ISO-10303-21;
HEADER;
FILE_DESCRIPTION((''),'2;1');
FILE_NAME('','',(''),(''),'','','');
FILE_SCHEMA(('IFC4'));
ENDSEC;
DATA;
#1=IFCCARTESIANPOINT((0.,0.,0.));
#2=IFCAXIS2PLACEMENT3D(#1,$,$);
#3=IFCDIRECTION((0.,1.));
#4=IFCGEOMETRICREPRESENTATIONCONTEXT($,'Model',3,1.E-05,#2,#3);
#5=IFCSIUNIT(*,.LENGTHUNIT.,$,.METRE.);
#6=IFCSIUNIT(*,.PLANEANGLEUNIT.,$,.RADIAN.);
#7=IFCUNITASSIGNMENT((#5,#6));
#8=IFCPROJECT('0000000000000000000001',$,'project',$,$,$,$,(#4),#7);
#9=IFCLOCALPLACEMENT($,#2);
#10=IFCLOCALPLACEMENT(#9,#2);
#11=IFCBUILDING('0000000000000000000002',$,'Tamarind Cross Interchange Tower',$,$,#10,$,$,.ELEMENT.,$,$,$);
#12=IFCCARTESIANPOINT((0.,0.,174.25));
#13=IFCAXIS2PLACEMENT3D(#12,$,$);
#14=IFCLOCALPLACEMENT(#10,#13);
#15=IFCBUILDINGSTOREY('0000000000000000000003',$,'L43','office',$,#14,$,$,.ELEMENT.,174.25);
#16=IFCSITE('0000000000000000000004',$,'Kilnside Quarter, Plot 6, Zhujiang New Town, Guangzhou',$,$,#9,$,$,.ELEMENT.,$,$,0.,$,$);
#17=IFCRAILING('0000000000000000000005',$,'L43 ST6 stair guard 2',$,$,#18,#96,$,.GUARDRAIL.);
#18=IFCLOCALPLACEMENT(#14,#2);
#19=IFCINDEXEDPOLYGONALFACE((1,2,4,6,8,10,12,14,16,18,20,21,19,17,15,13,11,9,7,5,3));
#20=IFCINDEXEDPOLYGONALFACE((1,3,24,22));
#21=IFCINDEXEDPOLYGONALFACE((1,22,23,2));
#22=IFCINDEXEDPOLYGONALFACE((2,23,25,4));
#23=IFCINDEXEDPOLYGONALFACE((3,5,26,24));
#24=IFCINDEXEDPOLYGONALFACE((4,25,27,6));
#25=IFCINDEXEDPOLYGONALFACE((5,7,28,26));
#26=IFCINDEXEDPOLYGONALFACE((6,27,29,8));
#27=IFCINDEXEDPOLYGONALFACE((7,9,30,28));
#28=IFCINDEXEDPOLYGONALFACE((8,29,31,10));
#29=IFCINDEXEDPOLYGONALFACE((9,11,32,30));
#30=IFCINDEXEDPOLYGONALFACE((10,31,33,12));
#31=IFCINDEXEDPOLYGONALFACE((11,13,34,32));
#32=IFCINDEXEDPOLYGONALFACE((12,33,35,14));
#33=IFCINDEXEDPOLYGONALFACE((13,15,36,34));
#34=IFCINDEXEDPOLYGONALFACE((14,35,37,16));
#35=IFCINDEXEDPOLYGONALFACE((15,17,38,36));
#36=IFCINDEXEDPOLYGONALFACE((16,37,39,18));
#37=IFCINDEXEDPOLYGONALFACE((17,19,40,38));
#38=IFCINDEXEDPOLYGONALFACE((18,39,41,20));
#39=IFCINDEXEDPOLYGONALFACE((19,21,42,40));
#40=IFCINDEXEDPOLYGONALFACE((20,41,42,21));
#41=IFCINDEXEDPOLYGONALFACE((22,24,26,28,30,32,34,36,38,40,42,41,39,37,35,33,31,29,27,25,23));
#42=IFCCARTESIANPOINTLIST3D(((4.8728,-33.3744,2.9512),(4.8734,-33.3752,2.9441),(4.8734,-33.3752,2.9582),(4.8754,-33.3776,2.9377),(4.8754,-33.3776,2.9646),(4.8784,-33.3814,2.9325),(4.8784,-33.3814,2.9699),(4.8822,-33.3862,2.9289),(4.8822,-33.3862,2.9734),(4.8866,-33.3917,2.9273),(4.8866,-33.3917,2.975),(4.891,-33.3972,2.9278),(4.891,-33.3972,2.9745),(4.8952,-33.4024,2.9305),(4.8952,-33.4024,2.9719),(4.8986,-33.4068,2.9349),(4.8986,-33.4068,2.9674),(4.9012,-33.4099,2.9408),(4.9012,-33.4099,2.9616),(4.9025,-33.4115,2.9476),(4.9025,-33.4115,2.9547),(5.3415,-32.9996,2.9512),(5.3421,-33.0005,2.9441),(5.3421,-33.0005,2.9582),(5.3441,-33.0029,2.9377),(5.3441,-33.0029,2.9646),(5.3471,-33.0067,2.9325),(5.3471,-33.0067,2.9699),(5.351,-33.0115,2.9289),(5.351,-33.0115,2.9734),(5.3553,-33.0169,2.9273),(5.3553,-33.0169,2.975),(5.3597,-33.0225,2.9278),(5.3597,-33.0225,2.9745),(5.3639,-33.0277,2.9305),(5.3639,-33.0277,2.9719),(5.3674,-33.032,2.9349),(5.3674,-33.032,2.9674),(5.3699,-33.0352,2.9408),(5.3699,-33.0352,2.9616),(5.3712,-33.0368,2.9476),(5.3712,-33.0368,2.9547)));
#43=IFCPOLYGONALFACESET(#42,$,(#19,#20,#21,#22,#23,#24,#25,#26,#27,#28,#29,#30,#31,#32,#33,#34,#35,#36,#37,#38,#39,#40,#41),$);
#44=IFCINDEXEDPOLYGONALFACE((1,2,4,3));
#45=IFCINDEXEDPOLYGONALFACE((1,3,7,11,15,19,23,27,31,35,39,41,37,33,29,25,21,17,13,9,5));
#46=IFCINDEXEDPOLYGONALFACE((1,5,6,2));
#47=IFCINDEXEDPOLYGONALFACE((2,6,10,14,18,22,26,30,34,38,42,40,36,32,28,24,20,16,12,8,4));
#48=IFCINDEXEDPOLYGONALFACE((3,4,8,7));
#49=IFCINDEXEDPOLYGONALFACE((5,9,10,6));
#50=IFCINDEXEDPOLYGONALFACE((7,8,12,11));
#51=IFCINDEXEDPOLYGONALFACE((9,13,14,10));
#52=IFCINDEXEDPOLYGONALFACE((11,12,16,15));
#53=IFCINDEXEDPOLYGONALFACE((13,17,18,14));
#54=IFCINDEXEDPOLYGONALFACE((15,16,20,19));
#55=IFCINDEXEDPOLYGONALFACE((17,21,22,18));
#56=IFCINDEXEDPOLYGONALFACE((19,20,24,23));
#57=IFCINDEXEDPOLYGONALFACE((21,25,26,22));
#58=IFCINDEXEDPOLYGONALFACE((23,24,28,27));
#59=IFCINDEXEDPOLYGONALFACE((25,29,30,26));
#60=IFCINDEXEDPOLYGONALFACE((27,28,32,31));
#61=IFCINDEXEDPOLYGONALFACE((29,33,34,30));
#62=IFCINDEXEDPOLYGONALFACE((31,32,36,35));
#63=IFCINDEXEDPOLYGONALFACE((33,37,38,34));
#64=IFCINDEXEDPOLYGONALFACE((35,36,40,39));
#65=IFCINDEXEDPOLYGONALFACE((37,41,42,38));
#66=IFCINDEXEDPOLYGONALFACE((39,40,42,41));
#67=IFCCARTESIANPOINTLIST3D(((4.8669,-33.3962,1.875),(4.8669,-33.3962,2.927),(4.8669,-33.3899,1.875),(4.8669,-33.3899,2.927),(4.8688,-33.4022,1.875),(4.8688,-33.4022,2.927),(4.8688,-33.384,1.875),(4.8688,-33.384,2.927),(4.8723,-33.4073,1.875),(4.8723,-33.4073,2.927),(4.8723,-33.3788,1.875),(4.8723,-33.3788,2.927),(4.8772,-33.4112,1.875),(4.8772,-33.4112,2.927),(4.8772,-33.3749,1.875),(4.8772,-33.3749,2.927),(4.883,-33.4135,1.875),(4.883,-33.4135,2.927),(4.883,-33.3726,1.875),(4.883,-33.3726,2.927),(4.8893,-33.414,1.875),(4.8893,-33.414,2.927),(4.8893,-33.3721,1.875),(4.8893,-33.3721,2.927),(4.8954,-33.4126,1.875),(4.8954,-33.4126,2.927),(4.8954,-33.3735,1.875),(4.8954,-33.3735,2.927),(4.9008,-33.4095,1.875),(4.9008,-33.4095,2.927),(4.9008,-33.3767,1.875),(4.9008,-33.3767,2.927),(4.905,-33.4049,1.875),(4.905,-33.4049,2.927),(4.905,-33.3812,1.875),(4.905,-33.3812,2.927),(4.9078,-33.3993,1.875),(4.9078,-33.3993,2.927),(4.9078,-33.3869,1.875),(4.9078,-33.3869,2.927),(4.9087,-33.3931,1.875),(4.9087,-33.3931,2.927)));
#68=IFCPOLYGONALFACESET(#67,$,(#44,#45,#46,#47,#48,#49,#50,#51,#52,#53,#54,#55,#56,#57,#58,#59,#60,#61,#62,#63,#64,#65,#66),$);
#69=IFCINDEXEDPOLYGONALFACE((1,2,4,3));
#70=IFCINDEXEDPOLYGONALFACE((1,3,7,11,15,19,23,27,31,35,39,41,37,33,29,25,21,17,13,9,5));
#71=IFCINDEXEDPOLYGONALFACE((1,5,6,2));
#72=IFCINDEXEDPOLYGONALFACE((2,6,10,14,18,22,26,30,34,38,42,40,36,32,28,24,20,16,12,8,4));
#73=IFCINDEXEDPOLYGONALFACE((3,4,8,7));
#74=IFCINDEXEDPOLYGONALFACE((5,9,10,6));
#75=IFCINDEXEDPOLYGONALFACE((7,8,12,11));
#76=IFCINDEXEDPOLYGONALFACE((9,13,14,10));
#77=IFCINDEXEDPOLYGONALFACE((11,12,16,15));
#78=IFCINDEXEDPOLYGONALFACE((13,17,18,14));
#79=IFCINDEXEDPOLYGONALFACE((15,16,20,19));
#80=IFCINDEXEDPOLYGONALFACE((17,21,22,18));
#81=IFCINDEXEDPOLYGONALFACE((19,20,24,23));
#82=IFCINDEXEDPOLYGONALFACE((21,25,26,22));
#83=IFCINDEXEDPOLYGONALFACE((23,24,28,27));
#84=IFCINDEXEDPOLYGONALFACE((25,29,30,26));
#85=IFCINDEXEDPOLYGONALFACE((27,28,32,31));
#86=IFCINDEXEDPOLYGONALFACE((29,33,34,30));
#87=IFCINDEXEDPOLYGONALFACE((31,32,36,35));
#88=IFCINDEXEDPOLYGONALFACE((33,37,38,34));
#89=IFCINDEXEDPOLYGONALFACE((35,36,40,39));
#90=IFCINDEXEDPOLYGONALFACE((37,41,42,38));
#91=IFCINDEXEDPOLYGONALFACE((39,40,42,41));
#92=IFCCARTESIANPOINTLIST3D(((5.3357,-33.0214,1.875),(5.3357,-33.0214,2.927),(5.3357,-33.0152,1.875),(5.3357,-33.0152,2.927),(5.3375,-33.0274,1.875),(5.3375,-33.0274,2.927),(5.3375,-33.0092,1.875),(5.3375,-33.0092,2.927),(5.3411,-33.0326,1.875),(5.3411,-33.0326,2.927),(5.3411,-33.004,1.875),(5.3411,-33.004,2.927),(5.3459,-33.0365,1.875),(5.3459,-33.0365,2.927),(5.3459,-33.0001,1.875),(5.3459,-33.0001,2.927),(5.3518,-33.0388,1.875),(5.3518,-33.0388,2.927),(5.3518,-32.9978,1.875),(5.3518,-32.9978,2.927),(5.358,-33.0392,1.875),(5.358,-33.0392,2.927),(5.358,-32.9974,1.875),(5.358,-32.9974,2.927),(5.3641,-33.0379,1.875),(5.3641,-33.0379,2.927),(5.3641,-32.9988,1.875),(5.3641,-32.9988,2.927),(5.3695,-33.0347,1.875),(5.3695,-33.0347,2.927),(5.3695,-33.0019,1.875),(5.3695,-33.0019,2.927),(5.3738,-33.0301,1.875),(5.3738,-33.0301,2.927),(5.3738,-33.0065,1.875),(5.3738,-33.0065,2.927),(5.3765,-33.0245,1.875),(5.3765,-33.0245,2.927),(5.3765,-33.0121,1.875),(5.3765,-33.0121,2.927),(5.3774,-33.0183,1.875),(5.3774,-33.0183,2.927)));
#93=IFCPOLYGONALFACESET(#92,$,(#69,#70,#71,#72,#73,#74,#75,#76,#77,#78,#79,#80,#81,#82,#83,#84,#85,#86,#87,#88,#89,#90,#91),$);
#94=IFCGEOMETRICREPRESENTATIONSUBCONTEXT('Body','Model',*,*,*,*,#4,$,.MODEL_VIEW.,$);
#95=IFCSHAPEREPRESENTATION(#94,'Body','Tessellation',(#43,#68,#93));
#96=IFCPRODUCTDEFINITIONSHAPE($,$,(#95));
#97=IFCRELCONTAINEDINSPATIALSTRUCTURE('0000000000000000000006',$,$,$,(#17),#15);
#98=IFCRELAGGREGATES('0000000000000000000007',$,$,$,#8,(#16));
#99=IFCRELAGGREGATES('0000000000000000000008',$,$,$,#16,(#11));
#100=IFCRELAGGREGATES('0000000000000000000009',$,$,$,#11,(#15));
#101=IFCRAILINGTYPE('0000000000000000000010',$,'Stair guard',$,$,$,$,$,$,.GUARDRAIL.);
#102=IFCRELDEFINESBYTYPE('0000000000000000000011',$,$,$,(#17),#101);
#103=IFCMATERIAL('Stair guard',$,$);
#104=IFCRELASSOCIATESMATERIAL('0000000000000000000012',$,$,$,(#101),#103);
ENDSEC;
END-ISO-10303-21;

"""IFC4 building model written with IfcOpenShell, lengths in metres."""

from ifc_helpers import new_model, si_unit, direction, frame, origin, origin_2d, place, context, subcontext, project, spatial, circle, extrude, material, type_object, element, save


model = new_model("IFC4")

# Units and contexts
model_context = context("Model", 3, precision=1e-05, world=origin(), true_north=direction((0.0, 1.0)))
body_context = subcontext(model_context, "Body", "Model", "MODEL_VIEW")
ifc_project = project(units=[si_unit("LENGTHUNIT", "METRE"), si_unit("PLANEANGLEUNIT", "RADIAN")], contexts=[model_context])

# Site, building, storey
site_placement = place(None, origin())
site = spatial("IfcSite", under=ifc_project, at=site_placement, Name="Kilnside Quarter, Plot 6, Zhujiang New Town, Guangzhou", CompositionType="ELEMENT", RefElevation=0.0)
building_placement = place(site_placement, origin())
building = spatial("IfcBuilding", under=site, at=building_placement, Name="Tamarind Cross Interchange Tower", CompositionType="ELEMENT")
storey_placement = place(building_placement, frame((0.0, 0.0, 174.25)))
storey = spatial("IfcBuildingStorey", under=building, at=storey_placement, Name="L43", Description="office", CompositionType="ELEMENT", Elevation=174.25)

# Railing
ifc_material_1 = material(Name="Stair guard")
railing_type_1 = type_object("IfcRailingType", Name="Stair guard", PredefinedType="GUARDRAIL", material=ifc_material_1)
railing_1_placement = place(storey_placement, frame((4.8877, -33.3931, 1.875)))
element("IfcRailing", 1, at=railing_1_placement, inside=storey, type_object=railing_type_1, Name="L43 ST6 stair guard 2", PredefinedType="GUARDRAIL", context=body_context, shape_type="SweptSolid", body=[
    extrude(circle(Radius=0.0239, at=origin_2d()), frame((0.0, 0.0, 1.0762), z_axis=(0.781067, 0.624447, 0.0), x_axis=(-0.624447, 0.781067, 0.0)), (0.0, 0.0, 1.0), 0.6001),
    extrude(circle(Radius=0.021, at=origin_2d()), origin(), (0.0, 0.0, 1.0), 1.052),
    extrude(circle(Radius=0.021, at=origin_2d()), frame((0.4688, 0.3748, 0.0)), (0.0, 0.0, 1.0), 1.052),
])

save(model, "model.ifc")
